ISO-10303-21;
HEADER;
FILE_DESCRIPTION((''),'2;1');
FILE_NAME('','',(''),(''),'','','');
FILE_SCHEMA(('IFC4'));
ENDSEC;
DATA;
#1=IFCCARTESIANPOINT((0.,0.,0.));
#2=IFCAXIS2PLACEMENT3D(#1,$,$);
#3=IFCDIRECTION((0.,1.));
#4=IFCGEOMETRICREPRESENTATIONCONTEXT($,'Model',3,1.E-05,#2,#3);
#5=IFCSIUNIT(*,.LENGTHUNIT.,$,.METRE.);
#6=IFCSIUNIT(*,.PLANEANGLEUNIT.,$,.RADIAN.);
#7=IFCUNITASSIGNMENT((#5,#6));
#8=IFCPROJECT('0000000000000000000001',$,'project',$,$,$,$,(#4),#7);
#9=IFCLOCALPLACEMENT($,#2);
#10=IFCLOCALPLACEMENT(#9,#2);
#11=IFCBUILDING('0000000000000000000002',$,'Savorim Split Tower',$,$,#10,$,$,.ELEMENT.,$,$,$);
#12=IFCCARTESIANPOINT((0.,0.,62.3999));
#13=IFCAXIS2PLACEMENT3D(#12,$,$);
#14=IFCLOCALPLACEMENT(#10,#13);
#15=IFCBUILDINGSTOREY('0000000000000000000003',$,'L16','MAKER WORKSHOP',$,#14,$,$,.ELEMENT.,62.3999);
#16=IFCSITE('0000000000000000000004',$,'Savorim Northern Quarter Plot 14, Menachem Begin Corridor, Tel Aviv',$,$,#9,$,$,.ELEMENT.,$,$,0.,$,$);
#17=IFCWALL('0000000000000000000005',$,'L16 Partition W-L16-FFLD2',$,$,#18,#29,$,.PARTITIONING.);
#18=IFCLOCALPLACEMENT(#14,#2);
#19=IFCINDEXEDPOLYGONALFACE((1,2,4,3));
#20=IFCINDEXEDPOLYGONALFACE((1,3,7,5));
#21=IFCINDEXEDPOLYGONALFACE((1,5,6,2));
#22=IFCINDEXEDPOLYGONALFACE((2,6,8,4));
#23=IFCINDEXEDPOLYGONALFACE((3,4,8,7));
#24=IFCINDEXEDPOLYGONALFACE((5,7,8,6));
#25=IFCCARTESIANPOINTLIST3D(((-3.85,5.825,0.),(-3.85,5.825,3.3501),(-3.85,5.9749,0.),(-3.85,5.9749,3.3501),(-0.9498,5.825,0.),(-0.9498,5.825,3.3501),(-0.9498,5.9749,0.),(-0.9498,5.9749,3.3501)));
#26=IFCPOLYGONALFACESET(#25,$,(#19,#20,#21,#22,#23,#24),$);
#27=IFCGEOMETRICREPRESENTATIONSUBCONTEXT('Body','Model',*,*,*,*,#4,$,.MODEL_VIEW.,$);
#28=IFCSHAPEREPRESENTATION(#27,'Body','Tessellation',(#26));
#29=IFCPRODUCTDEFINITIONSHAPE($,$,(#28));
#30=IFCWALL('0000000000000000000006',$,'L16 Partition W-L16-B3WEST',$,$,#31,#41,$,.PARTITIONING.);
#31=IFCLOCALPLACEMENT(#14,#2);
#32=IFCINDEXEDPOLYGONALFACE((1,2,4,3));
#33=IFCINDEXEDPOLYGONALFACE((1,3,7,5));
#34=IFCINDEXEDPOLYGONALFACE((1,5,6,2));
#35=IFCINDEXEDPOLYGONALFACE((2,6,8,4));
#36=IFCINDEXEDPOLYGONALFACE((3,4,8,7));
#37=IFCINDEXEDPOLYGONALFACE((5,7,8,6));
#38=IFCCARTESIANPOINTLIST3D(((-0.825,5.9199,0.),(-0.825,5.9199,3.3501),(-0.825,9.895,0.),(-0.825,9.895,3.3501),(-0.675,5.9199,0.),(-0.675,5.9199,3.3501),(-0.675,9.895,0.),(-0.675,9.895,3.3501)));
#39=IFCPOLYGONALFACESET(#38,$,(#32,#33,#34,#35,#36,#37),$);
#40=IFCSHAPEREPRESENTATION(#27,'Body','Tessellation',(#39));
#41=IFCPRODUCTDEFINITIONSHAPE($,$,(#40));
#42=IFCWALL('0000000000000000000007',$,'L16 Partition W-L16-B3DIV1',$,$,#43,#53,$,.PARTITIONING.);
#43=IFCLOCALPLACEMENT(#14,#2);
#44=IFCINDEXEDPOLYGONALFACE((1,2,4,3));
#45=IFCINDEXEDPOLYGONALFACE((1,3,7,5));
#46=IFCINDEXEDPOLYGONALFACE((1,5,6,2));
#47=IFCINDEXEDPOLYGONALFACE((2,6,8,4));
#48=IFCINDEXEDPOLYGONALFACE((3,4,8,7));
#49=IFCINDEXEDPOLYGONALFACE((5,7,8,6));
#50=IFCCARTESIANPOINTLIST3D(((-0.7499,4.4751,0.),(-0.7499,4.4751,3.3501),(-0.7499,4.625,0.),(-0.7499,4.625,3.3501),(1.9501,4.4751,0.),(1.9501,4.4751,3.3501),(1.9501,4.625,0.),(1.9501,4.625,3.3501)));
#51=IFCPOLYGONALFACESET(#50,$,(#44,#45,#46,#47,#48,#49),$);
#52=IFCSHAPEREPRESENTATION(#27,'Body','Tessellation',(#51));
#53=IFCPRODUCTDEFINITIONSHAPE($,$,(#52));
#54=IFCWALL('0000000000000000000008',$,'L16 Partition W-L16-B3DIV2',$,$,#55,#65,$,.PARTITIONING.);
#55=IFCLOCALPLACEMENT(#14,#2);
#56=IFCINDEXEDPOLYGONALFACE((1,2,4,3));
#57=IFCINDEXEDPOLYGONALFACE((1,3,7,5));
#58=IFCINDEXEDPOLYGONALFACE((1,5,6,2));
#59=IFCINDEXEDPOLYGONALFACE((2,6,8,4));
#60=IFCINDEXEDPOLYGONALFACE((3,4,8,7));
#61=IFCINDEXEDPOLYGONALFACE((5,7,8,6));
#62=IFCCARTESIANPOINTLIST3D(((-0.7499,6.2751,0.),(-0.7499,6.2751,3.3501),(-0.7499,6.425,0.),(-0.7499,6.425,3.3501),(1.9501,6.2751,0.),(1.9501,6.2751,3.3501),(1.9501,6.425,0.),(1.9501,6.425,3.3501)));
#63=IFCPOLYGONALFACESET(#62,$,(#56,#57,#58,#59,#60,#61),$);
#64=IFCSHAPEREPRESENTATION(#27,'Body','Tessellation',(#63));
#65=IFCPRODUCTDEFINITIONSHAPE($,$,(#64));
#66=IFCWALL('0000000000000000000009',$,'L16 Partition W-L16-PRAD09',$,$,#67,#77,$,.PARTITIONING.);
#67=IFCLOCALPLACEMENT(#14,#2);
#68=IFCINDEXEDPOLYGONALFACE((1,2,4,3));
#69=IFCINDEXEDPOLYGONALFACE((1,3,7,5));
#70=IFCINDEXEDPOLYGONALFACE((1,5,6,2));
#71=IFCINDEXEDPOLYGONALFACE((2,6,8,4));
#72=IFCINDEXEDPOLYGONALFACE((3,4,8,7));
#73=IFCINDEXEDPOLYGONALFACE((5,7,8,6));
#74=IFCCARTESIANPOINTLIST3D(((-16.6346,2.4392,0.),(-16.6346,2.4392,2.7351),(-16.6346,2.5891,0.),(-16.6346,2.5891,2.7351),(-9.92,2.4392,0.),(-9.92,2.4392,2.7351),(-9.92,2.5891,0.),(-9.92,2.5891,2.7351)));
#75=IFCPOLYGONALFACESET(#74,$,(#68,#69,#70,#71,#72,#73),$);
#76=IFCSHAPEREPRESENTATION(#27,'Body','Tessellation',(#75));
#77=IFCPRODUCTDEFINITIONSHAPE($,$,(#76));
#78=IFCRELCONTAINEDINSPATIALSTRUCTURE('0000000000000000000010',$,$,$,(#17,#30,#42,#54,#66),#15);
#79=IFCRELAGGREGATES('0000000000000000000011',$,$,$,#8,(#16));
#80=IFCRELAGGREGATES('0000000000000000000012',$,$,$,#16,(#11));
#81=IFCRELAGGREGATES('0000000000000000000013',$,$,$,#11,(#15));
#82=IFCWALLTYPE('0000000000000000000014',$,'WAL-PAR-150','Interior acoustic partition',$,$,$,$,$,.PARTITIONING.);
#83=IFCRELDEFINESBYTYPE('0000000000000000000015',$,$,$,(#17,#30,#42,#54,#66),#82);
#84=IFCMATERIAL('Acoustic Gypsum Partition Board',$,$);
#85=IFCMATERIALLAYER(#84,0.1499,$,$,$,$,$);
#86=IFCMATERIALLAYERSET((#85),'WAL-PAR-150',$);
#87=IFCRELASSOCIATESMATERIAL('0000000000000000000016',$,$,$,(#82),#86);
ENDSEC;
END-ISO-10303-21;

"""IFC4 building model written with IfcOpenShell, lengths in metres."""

from ifc_helpers import new_model, si_unit, direction, frame, frame_2d, origin, place, context, subcontext, project, spatial, rectangle, extrude, material, layer, layer_set, type_object, element, save


model = new_model("IFC4")

# Units and contexts
model_context = context("Model", 3, precision=1e-05, world=origin(), true_north=direction((0.0, 1.0)))
body_context = subcontext(model_context, "Body", "Model", "MODEL_VIEW")
ifc_project = project(units=[si_unit("LENGTHUNIT", "METRE"), si_unit("PLANEANGLEUNIT", "RADIAN")], contexts=[model_context])

# Site, building, storey
site_placement = place(None, origin())
site = spatial("IfcSite", under=ifc_project, at=site_placement, Name="Savorim Northern Quarter Plot 14, Menachem Begin Corridor, Tel Aviv", CompositionType="ELEMENT", RefElevation=0.0)
building_placement = place(site_placement, origin())
building = spatial("IfcBuilding", under=site, at=building_placement, Name="Savorim Split Tower", CompositionType="ELEMENT")
storey_placement = place(building_placement, frame((0.0, 0.0, 62.3999)))
storey = spatial("IfcBuildingStorey", under=building, at=storey_placement, Name="L16", Description="MAKER WORKSHOP", CompositionType="ELEMENT", Elevation=62.3999)

# Walls
ifc_material_1 = material(Name="Acoustic Gypsum Partition Board")
ifc_layer_1 = layer(ifc_material_1, 0.1499)
ifc_layer_set_1 = layer_set([ifc_layer_1], Name="WAL-PAR-150")
wall_type_1 = type_object("IfcWallType", Name="WAL-PAR-150", Description="Interior acoustic partition", PredefinedType="PARTITIONING", material=ifc_layer_set_1)
wall_1_placement = place(storey_placement, frame((-3.8501, 5.8999, 0.0), z_axis=(0.0, 0.0, 1.0), x_axis=(1.0, 0.0, 0.0)))
element("IfcWall", 1, at=wall_1_placement, inside=storey, type_object=wall_type_1, Name="L16 Partition W-L16-FFLD2", PredefinedType="PARTITIONING", context=body_context, shape_type="SweptSolid", body=[
    extrude(rectangle(XDim=2.9001, YDim=0.1499, at=frame_2d((1.4502, 0.0))), origin(), (0.0, 0.0, 1.0), 3.3501),
])
wall_2_placement = place(storey_placement, frame((-0.75, 5.9199, 0.0), z_axis=(0.0, 0.0, 1.0), x_axis=(0.0, 1.0, 0.0)))
element("IfcWall", 2, at=wall_2_placement, inside=storey, type_object=wall_type_1, Name="L16 Partition W-L16-B3WEST", PredefinedType="PARTITIONING", context=body_context, shape_type="SweptSolid", body=[
    extrude(rectangle(XDim=3.9751, YDim=0.1499, at=frame_2d((1.9875, 0.0))), origin(), (0.0, 0.0, 1.0), 3.3501),
])
for number, where, z_axis, x_axis, name in (
    (3, (-0.75, 4.55, 0.0), (0.0, 0.0, 1.0), (1.0, 0.0, 0.0), "L16 Partition W-L16-B3DIV1"),
    (4, (-0.75, 6.3501, 0.0), (0.0, 0.0, 1.0), (1.0, 0.0, 0.0), "L16 Partition W-L16-B3DIV2"),
):
    element("IfcWall", number, at=place(storey_placement, frame(where, z_axis=z_axis, x_axis=x_axis)), inside=storey, type_object=wall_type_1, Name=name, PredefinedType="PARTITIONING", context=body_context, shape_type="SweptSolid", body=[
        extrude(rectangle(XDim=2.7, YDim=0.1499, at=frame_2d((1.3501, 0.0))), origin(), (0.0, 0.0, 1.0), 3.3501),
    ])
wall_3_placement = place(storey_placement, frame((-9.9199, 2.5142, 0.0), z_axis=(0.0, 0.0, 1.0), x_axis=(-1.0, 0.0, 0.0)))
element("IfcWall", 5, at=wall_3_placement, inside=storey, type_object=wall_type_1, Name="L16 Partition W-L16-PRAD09", PredefinedType="PARTITIONING", context=body_context, shape_type="SweptSolid", body=[
    extrude(rectangle(XDim=6.7146, YDim=0.1499, at=frame_2d((3.3574, 0.0))), origin(), (0.0, 0.0, 1.0), 2.7351),
])

save(model, "model.ifc")
